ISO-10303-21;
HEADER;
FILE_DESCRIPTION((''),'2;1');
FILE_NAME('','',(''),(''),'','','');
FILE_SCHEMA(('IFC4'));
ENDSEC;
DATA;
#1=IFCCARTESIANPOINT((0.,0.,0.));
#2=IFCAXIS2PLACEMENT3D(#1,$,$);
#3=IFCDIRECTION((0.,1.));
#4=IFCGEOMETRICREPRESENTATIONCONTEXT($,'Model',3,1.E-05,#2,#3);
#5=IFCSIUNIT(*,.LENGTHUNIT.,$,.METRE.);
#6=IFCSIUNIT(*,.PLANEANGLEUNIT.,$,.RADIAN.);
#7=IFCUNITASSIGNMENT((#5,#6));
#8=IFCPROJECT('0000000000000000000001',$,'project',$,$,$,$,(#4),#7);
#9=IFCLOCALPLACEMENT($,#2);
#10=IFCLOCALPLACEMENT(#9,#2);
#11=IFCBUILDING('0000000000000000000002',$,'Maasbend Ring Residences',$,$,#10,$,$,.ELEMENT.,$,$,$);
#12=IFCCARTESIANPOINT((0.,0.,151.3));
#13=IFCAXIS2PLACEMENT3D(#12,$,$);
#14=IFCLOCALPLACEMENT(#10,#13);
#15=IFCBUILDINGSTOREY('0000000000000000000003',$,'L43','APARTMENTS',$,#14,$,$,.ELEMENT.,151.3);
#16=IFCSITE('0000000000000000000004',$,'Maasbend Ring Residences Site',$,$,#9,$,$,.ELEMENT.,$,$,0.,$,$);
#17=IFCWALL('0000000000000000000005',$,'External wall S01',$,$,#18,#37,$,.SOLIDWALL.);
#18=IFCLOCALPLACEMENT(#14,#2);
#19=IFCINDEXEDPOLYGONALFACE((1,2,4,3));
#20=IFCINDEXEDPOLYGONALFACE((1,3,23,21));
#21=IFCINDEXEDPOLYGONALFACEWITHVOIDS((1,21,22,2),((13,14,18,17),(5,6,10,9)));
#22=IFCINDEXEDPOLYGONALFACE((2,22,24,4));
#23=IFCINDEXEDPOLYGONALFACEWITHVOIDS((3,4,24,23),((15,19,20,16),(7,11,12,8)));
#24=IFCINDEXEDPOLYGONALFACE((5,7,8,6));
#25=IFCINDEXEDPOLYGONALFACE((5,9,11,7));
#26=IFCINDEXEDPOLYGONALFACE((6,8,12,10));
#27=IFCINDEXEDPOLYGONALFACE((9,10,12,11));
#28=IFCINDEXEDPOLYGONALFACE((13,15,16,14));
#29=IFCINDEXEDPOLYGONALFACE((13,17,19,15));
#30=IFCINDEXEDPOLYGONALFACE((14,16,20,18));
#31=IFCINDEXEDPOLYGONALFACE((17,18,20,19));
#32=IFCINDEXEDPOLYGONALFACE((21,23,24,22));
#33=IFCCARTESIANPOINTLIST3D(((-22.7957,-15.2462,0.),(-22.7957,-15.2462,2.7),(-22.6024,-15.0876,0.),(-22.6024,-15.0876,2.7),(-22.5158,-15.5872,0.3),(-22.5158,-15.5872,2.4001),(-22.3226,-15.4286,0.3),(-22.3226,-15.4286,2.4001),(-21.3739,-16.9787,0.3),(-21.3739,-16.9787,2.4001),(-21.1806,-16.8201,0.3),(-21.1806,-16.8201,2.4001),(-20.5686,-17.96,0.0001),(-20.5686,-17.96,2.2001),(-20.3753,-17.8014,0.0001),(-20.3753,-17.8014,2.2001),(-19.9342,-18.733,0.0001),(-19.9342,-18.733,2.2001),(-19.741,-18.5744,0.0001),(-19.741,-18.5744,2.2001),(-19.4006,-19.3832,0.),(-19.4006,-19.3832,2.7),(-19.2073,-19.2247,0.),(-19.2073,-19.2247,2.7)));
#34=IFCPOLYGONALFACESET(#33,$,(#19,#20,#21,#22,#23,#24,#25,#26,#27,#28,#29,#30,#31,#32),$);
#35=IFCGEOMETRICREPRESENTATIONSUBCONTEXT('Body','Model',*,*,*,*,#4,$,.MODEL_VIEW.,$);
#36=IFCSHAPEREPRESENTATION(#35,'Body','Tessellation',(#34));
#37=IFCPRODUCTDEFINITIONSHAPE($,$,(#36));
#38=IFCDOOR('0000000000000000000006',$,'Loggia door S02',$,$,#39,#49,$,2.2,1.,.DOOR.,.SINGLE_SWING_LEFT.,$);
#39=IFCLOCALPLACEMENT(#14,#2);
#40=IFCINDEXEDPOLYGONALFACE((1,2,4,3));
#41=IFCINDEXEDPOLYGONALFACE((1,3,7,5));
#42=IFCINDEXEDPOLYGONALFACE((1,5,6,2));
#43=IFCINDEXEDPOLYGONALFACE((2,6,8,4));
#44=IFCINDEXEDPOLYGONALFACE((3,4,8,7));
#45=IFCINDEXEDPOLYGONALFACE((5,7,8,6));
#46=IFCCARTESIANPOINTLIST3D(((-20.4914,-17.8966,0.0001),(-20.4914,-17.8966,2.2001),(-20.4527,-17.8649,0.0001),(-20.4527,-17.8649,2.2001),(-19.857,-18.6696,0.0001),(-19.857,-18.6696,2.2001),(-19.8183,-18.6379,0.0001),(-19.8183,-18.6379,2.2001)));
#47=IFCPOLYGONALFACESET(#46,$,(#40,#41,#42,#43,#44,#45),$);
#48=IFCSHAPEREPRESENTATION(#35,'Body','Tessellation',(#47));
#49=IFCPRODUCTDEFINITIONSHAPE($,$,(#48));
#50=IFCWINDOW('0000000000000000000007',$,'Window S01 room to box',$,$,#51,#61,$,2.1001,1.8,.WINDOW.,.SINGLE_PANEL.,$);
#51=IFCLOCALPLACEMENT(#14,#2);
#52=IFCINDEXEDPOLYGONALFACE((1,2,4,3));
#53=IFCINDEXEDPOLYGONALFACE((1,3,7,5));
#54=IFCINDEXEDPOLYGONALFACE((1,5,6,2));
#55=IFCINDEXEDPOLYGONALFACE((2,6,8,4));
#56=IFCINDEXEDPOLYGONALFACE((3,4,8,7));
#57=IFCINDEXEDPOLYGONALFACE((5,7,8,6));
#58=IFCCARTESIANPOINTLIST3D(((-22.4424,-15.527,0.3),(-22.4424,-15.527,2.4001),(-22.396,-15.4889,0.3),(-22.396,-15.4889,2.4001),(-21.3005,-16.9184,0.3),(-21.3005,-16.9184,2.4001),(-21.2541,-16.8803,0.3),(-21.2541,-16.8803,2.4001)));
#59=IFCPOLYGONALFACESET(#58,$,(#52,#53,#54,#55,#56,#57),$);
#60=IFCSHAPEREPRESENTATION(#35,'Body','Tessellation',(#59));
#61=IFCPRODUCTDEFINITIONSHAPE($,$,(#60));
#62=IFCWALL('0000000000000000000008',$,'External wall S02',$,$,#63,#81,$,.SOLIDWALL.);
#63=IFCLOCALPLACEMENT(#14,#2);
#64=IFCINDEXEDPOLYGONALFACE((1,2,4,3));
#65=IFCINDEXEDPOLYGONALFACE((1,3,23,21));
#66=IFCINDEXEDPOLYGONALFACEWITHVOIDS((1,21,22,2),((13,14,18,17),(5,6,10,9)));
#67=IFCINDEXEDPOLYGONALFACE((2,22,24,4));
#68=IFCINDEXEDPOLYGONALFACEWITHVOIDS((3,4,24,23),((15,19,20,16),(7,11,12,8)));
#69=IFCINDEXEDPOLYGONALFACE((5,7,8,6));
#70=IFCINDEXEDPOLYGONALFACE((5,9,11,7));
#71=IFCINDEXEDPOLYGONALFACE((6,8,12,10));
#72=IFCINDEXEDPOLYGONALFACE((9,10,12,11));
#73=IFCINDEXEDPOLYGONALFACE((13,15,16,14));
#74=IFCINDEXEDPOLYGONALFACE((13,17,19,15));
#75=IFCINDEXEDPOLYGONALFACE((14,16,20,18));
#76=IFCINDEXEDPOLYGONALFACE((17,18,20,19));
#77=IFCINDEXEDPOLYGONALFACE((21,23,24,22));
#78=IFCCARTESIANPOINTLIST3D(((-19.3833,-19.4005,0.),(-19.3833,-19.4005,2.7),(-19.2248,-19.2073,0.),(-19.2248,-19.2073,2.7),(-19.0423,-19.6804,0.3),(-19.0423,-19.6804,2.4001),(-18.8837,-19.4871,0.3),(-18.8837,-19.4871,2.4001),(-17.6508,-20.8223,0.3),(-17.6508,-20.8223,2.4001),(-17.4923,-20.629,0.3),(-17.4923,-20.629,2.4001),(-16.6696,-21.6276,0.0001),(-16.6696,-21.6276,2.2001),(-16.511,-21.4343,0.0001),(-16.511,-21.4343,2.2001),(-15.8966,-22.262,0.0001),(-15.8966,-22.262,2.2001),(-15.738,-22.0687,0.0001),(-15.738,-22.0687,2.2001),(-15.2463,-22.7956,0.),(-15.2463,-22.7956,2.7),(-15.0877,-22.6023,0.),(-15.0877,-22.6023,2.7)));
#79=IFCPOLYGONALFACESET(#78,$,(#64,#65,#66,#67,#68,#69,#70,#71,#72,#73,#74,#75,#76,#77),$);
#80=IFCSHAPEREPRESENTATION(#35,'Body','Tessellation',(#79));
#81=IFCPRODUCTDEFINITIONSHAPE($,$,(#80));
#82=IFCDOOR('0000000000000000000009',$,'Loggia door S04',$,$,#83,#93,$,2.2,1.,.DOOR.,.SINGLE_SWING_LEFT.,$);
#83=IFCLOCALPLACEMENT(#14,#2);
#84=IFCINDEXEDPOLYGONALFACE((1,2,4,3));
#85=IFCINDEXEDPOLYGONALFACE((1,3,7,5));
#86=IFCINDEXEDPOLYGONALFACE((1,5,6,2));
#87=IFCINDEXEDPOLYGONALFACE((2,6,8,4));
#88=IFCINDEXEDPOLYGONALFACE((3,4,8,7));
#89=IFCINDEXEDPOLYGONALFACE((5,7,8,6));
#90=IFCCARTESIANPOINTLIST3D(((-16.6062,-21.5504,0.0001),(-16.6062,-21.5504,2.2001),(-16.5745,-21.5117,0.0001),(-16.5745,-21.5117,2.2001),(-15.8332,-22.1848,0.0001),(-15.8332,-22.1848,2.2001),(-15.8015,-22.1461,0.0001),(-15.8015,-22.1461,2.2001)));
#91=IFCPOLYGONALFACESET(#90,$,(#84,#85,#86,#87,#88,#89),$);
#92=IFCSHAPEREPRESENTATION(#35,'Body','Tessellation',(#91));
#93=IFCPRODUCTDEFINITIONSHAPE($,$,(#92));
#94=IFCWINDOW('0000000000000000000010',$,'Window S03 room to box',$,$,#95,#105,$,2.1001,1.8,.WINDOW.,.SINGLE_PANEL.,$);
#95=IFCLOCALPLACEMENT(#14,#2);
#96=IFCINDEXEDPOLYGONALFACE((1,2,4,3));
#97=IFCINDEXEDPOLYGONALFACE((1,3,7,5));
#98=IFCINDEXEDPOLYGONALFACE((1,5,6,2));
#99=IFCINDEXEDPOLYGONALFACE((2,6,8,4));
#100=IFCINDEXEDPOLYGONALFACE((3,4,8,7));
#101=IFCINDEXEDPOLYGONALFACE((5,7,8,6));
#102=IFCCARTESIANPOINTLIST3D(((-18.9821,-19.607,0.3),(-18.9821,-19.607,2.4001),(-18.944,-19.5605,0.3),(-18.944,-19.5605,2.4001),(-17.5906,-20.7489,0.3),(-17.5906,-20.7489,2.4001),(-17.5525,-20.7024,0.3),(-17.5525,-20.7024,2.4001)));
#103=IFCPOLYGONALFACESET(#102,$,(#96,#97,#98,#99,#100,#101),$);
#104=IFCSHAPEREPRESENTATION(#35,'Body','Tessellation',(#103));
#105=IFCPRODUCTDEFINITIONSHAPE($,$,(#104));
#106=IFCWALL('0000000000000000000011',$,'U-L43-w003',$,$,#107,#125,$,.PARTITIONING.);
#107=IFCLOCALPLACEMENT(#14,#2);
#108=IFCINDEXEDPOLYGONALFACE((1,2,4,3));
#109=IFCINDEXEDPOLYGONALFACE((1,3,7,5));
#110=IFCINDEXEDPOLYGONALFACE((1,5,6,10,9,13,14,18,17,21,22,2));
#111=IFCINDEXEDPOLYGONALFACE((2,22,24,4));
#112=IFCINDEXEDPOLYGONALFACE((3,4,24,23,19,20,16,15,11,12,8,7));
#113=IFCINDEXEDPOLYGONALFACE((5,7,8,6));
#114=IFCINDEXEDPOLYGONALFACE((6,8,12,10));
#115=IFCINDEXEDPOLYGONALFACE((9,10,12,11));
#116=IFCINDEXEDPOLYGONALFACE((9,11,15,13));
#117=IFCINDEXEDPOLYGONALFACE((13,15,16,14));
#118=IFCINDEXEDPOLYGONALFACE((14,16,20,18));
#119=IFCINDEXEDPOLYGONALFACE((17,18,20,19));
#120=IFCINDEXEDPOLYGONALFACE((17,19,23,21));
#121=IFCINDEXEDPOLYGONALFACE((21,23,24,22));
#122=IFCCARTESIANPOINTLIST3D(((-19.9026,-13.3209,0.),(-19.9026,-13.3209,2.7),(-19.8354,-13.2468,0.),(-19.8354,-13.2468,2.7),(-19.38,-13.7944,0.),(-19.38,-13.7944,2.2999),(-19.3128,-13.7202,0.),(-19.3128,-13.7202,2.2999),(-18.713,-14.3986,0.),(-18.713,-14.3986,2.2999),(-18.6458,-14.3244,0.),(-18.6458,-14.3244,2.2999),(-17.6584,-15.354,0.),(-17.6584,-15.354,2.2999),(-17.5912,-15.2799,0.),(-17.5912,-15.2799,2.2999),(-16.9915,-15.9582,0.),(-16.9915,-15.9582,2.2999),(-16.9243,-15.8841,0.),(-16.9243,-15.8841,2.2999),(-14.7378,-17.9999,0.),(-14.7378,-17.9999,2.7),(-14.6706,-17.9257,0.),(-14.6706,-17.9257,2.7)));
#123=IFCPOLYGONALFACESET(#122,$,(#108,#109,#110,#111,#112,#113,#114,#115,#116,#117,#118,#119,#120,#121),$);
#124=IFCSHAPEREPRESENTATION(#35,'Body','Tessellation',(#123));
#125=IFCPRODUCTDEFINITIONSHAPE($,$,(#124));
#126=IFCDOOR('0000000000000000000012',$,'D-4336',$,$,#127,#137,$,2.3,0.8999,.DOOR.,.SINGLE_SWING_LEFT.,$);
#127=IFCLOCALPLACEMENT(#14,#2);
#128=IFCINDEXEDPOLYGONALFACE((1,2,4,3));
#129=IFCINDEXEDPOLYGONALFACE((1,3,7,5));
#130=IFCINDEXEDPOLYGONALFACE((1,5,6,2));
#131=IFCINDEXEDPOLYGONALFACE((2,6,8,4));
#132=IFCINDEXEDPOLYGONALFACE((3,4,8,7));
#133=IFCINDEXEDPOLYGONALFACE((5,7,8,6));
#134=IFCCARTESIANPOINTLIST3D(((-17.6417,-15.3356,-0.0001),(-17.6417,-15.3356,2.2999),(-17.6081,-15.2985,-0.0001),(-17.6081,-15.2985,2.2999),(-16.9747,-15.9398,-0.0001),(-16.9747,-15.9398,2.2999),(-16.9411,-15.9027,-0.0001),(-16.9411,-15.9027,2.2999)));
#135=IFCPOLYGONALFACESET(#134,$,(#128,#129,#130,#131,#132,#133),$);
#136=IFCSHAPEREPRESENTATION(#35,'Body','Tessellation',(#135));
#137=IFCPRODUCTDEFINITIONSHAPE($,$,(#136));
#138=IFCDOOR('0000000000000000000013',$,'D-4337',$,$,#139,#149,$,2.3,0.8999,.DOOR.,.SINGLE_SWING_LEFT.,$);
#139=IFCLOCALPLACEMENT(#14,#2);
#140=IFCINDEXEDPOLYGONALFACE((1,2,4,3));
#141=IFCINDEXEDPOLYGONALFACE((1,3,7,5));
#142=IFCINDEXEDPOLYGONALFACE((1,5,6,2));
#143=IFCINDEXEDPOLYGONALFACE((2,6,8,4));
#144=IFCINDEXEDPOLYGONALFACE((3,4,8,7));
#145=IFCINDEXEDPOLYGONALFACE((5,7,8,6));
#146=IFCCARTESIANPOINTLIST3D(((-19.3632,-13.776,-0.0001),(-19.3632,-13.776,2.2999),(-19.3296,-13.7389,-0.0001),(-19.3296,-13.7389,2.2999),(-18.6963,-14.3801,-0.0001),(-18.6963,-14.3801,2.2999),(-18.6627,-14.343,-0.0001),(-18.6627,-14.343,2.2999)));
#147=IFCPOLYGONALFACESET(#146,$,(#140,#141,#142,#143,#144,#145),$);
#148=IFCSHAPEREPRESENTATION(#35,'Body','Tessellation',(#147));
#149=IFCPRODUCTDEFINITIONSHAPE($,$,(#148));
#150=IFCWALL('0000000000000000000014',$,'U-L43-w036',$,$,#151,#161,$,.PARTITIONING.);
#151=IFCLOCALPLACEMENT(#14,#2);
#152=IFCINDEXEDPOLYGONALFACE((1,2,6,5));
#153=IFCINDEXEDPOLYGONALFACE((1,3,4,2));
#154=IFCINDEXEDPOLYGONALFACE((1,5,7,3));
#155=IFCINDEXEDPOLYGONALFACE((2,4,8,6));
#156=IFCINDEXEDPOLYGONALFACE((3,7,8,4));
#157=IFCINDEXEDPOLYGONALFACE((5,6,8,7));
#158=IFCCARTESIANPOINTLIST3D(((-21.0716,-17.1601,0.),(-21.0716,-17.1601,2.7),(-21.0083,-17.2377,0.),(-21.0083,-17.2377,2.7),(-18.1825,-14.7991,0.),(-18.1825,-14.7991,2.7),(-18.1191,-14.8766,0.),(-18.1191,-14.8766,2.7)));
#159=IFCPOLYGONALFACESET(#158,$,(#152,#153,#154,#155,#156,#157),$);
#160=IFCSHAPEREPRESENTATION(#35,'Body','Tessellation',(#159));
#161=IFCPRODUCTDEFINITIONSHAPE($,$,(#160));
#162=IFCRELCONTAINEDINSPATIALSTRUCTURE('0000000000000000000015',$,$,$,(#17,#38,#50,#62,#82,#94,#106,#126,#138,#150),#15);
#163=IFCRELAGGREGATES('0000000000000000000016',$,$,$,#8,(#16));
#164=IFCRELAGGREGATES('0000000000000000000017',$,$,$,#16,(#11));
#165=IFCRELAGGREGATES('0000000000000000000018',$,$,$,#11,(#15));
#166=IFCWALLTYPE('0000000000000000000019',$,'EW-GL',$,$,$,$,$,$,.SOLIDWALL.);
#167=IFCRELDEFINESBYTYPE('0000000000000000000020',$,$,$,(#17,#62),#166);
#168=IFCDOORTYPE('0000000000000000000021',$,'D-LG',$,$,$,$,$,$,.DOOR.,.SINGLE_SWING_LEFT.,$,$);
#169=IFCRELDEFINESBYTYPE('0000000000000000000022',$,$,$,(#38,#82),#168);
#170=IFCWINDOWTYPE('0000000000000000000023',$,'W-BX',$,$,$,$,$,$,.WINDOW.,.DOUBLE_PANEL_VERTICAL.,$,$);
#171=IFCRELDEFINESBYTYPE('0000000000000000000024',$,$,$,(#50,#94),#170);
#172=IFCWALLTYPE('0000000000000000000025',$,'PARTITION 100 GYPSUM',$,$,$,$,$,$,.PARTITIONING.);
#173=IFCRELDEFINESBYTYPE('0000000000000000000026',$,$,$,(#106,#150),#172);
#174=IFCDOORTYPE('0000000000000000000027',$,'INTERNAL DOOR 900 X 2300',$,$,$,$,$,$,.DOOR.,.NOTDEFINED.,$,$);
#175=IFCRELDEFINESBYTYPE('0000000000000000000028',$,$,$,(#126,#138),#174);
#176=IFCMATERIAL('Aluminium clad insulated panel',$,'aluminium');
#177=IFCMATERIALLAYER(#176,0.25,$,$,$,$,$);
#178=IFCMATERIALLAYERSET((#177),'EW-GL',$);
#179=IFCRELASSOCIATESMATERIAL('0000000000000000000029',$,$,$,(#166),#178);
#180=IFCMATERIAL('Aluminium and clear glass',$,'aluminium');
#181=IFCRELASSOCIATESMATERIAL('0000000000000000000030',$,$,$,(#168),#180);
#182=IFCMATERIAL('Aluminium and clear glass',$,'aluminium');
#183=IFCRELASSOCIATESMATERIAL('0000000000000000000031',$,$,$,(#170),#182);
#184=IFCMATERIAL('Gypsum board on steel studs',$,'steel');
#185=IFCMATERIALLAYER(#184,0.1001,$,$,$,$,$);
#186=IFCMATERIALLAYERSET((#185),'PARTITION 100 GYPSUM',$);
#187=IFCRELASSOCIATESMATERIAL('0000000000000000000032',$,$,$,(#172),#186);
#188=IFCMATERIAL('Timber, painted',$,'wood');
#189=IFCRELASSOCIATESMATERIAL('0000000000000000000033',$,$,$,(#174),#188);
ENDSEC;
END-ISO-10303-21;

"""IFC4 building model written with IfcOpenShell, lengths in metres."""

from ifc_helpers import new_model, si_unit, direction, frame, frame_2d, origin, place, context, subcontext, project, spatial, rectangle, extrude, material, layer, layer_set, type_object, element, fill, save


model = new_model("IFC4")

# Units and contexts
model_context = context("Model", 3, precision=1e-05, world=origin(), true_north=direction((0.0, 1.0)))
body_context = subcontext(model_context, "Body", "Model", "MODEL_VIEW")
ifc_project = project(units=[si_unit("LENGTHUNIT", "METRE"), si_unit("PLANEANGLEUNIT", "RADIAN")], contexts=[model_context])

# Site, building, storey
site_placement = place(None, origin())
site = spatial("IfcSite", under=ifc_project, at=site_placement, Name="Maasbend Ring Residences Site", CompositionType="ELEMENT", RefElevation=0.0)
building_placement = place(site_placement, origin())
building = spatial("IfcBuilding", under=site, at=building_placement, Name="Maasbend Ring Residences", CompositionType="ELEMENT")
storey_placement = place(building_placement, frame((0.0, 0.0, 151.3)))
storey = spatial("IfcBuildingStorey", under=building, at=storey_placement, Name="L43", Description="APARTMENTS", CompositionType="ELEMENT", Elevation=151.3)

# Walls, openings, doors, windows
ifc_material_1 = material(Name="Aluminium clad insulated panel", Category="aluminium")
ifc_layer_1 = layer(ifc_material_1, 0.25)
ifc_layer_set_1 = layer_set([ifc_layer_1], Name="EW-GL")
wall_type_1 = type_object("IfcWallType", Name="EW-GL", PredefinedType="SOLIDWALL", material=ifc_layer_set_1)
wall_1_placement = place(storey_placement, frame((-22.699, -15.167, 0.0), z_axis=(0.0, 0.0, 1.0), x_axis=(0.634382, -0.773019, 0.0)))
wall_1 = element("IfcWall", 1, at=wall_1_placement, inside=storey, type_object=wall_type_1, Name="External wall S01", PredefinedType="SOLIDWALL", context=body_context, shape_type="SweptSolid", body=[
    extrude(rectangle(XDim=5.3518, YDim=0.25, at=frame_2d((2.6758, 0.0))), origin(), (0.0, 0.0, 1.0), 2.7),
])
opening_1_placement = place(wall_1_placement, frame((0.4412, 0.0, 0.3)))
opening_1 = element("IfcOpeningElement", 2, at=opening_1_placement, cuts=wall_1, PredefinedType="OPENING", context=body_context, shape_type="SweptSolid", body=[
    extrude(rectangle(XDim=1.8, YDim=2.1001, at=frame_2d((0.8999, 1.05))), frame((0.0, 0.135, 0.0), z_axis=(0.0, -1.0, 0.0), x_axis=(1.0, 0.0, 0.0)), (0.0, 0.0, 1.0), 0.27),
])
opening_2_placement = place(wall_1_placement, frame((3.5105, 0.0, 0.0)))
opening_2 = element("IfcOpeningElement", 3, at=opening_2_placement, cuts=wall_1, PredefinedType="OPENING", context=body_context, shape_type="SweptSolid", body=[
    extrude(rectangle(XDim=1.0, YDim=2.2, at=frame_2d((0.5, 1.1001))), frame((0.0, 0.135, 0.0), z_axis=(0.0, -1.0, 0.0), x_axis=(1.0, 0.0, 0.0)), (0.0, 0.0, 1.0), 0.27),
])
ifc_material_2 = material(Name="Aluminium and clear glass", Category="aluminium")
door_type_1 = type_object("IfcDoorType", Name="D-LG", OperationType="SINGLE_SWING_LEFT", PredefinedType="DOOR", material=ifc_material_2)
door_1_placement = place(opening_2_placement, origin())
door_1 = element("IfcDoor", 4, at=door_1_placement, inside=storey, type_object=door_type_1, Name="Loggia door S02", OperationType="SINGLE_SWING_LEFT", OverallHeight=2.2, OverallWidth=1.0, PredefinedType="DOOR", context=body_context, shape_type="SweptSolid", body=[
    extrude(rectangle(XDim=1.0, YDim=2.2, at=frame_2d((0.5, 1.1001))), frame((0.0, 0.0249, 0.0), z_axis=(0.0, -1.0, 0.0), x_axis=(1.0, 0.0, 0.0)), (0.0, 0.0, 1.0), 0.05),
])
fill(opening_2, door_1)
ifc_material_3 = material(Name="Aluminium and clear glass", Category="aluminium")
window_type_1 = type_object("IfcWindowType", Name="W-BX", PartitioningType="DOUBLE_PANEL_VERTICAL", PredefinedType="WINDOW", material=ifc_material_3)
window_1_placement = place(opening_1_placement, origin())
window_1 = element("IfcWindow", 5, at=window_1_placement, inside=storey, type_object=window_type_1, Name="Window S01 room to box", OverallHeight=2.1001, OverallWidth=1.8, PartitioningType="SINGLE_PANEL", PredefinedType="WINDOW", context=body_context, shape_type="SweptSolid", body=[
    extrude(rectangle(XDim=1.8, YDim=2.1001, at=frame_2d((0.8999, 1.05))), frame((0.0, 0.03, 0.0), z_axis=(0.0, -1.0, 0.0), x_axis=(1.0, 0.0, 0.0)), (0.0, 0.0, 1.0), 0.0601),
])
fill(opening_1, window_1)
wall_2_placement = place(storey_placement, frame((-19.304, -19.304, 0.0), z_axis=(0.0, 0.0, 1.0), x_axis=(0.773019, -0.634382, 0.0)))
wall_2 = element("IfcWall", 6, at=wall_2_placement, inside=storey, type_object=wall_type_1, Name="External wall S02", PredefinedType="SOLIDWALL", context=body_context, shape_type="SweptSolid", body=[
    extrude(rectangle(XDim=5.3518, YDim=0.25, at=frame_2d((2.6758, 0.0))), origin(), (0.0, 0.0, 1.0), 2.7),
])
opening_3_placement = place(wall_2_placement, frame((0.4412, 0.0, 0.3)))
opening_3 = element("IfcOpeningElement", 7, at=opening_3_placement, cuts=wall_2, PredefinedType="OPENING", context=body_context, shape_type="SweptSolid", body=[
    extrude(rectangle(XDim=1.8, YDim=2.1001, at=frame_2d((0.8999, 1.05))), frame((0.0, 0.135, 0.0), z_axis=(0.0, -1.0, 0.0), x_axis=(1.0, 0.0, 0.0)), (0.0, 0.0, 1.0), 0.27),
])
opening_4_placement = place(wall_2_placement, frame((3.5105, 0.0, 0.0)))
opening_4 = element("IfcOpeningElement", 8, at=opening_4_placement, cuts=wall_2, PredefinedType="OPENING", context=body_context, shape_type="SweptSolid", body=[
    extrude(rectangle(XDim=1.0, YDim=2.2, at=frame_2d((0.5, 1.1001))), frame((0.0, 0.135, 0.0), z_axis=(0.0, -1.0, 0.0), x_axis=(1.0, 0.0, 0.0)), (0.0, 0.0, 1.0), 0.27),
])
door_2_placement = place(opening_4_placement, origin())
door_2 = element("IfcDoor", 9, at=door_2_placement, inside=storey, type_object=door_type_1, Name="Loggia door S04", OperationType="SINGLE_SWING_LEFT", OverallHeight=2.2, OverallWidth=1.0, PredefinedType="DOOR", context=body_context, shape_type="SweptSolid", body=[
    extrude(rectangle(XDim=1.0, YDim=2.2, at=frame_2d((0.5, 1.1001))), frame((0.0, 0.0249, 0.0), z_axis=(0.0, -1.0, 0.0), x_axis=(1.0, 0.0, 0.0)), (0.0, 0.0, 1.0), 0.05),
])
fill(opening_4, door_2)
window_2_placement = place(opening_3_placement, origin())
window_2 = element("IfcWindow", 10, at=window_2_placement, inside=storey, type_object=window_type_1, Name="Window S03 room to box", OverallHeight=2.1001, OverallWidth=1.8, PartitioningType="SINGLE_PANEL", PredefinedType="WINDOW", context=body_context, shape_type="SweptSolid", body=[
    extrude(rectangle(XDim=1.8, YDim=2.1001, at=frame_2d((0.8999, 1.05))), frame((0.0, 0.03, 0.0), z_axis=(0.0, -1.0, 0.0), x_axis=(1.0, 0.0, 0.0)), (0.0, 0.0, 1.0), 0.0601),
])
fill(opening_3, window_2)

# Wall, openings, doors
ifc_material_4 = material(Name="Gypsum board on steel studs", Category="steel")
ifc_layer_2 = layer(ifc_material_4, 0.1001)
ifc_layer_set_2 = layer_set([ifc_layer_2], Name="PARTITION 100 GYPSUM")
wall_type_2 = type_object("IfcWallType", Name="PARTITION 100 GYPSUM", PredefinedType="PARTITIONING", material=ifc_layer_set_2)
wall_3_placement = place(storey_placement, frame((-19.8689, -13.2839, 0.0), z_axis=(0.0, 0.0, 1.0), x_axis=(0.741104, -0.67139, 0.0)))
wall_3 = element("IfcWall", 11, at=wall_3_placement, inside=storey, type_object=wall_type_2, Name="U-L43-w003", PredefinedType="PARTITIONING", context=body_context, shape_type="SweptSolid", body=[
    extrude(rectangle(XDim=6.969, YDim=0.1001, at=frame_2d((3.4844, 0.0))), origin(), (0.0, 0.0, 1.0), 2.7),
])
opening_5_placement = place(wall_3_placement, frame((3.0281, 0.0, 0.0)))
opening_5 = element("IfcOpeningElement", 12, at=opening_5_placement, cuts=wall_3, PredefinedType="OPENING", context=body_context, shape_type="SweptSolid", body=[
    extrude(rectangle(XDim=0.8999, YDim=2.3, at=frame_2d((0.45, 1.1499))), frame((0.0, 0.0601, 0.0), z_axis=(0.0, -1.0, 0.0), x_axis=(1.0, 0.0, 0.0)), (0.0, 0.0, 1.0), 0.1201),
])
opening_6_placement = place(wall_3_placement, frame((0.7051, 0.0, 0.0)))
opening_6 = element("IfcOpeningElement", 13, at=opening_6_placement, cuts=wall_3, PredefinedType="OPENING", context=body_context, shape_type="SweptSolid", body=[
    extrude(rectangle(XDim=0.8999, YDim=2.3, at=frame_2d((0.45, 1.1499))), frame((0.0, 0.0601, 0.0), z_axis=(0.0, -1.0, 0.0), x_axis=(1.0, 0.0, 0.0)), (0.0, 0.0, 1.0), 0.1201),
])
ifc_material_5 = material(Name="Timber, painted", Category="wood")
door_type_2 = type_object("IfcDoorType", Name="INTERNAL DOOR 900 X 2300", OperationType="NOTDEFINED", PredefinedType="DOOR", material=ifc_material_5)
door_3_placement = place(opening_5_placement, origin())
door_3 = element("IfcDoor", 14, at=door_3_placement, inside=storey, type_object=door_type_2, Name="D-4336", OperationType="SINGLE_SWING_LEFT", OverallHeight=2.3, OverallWidth=0.8999, PredefinedType="DOOR", context=body_context, shape_type="SweptSolid", body=[
    extrude(rectangle(XDim=0.8999, YDim=2.3, at=frame_2d((0.45, 1.1499))), frame((0.0, 0.0249, 0.0), z_axis=(0.0, -1.0, 0.0), x_axis=(1.0, 0.0, 0.0)), (0.0, 0.0, 1.0), 0.05),
])
fill(opening_5, door_3)
door_4_placement = place(opening_6_placement, origin())
door_4 = element("IfcDoor", 15, at=door_4_placement, inside=storey, type_object=door_type_2, Name="D-4337", OperationType="SINGLE_SWING_LEFT", OverallHeight=2.3, OverallWidth=0.8999, PredefinedType="DOOR", context=body_context, shape_type="SweptSolid", body=[
    extrude(rectangle(XDim=0.8999, YDim=2.3, at=frame_2d((0.45, 1.1499))), frame((0.0, 0.0249, 0.0), z_axis=(0.0, -1.0, 0.0), x_axis=(1.0, 0.0, 0.0)), (0.0, 0.0, 1.0), 0.05),
])
fill(opening_6, door_4)

# Wall
wall_4_placement = place(storey_placement, frame((-21.04, -17.199, 0.0), z_axis=(0.0, 0.0, 1.0), x_axis=(0.774322, 0.632792, 0.0)))
element("IfcWall", 16, at=wall_4_placement, inside=storey, type_object=wall_type_2, Name="U-L43-w036", PredefinedType="PARTITIONING", context=body_context, shape_type="SweptSolid", body=[
    extrude(rectangle(XDim=3.7312, YDim=0.1001, at=frame_2d((1.8657, 0.0))), origin(), (0.0, 0.0, 1.0), 2.7),
])

save(model, "model.ifc")
